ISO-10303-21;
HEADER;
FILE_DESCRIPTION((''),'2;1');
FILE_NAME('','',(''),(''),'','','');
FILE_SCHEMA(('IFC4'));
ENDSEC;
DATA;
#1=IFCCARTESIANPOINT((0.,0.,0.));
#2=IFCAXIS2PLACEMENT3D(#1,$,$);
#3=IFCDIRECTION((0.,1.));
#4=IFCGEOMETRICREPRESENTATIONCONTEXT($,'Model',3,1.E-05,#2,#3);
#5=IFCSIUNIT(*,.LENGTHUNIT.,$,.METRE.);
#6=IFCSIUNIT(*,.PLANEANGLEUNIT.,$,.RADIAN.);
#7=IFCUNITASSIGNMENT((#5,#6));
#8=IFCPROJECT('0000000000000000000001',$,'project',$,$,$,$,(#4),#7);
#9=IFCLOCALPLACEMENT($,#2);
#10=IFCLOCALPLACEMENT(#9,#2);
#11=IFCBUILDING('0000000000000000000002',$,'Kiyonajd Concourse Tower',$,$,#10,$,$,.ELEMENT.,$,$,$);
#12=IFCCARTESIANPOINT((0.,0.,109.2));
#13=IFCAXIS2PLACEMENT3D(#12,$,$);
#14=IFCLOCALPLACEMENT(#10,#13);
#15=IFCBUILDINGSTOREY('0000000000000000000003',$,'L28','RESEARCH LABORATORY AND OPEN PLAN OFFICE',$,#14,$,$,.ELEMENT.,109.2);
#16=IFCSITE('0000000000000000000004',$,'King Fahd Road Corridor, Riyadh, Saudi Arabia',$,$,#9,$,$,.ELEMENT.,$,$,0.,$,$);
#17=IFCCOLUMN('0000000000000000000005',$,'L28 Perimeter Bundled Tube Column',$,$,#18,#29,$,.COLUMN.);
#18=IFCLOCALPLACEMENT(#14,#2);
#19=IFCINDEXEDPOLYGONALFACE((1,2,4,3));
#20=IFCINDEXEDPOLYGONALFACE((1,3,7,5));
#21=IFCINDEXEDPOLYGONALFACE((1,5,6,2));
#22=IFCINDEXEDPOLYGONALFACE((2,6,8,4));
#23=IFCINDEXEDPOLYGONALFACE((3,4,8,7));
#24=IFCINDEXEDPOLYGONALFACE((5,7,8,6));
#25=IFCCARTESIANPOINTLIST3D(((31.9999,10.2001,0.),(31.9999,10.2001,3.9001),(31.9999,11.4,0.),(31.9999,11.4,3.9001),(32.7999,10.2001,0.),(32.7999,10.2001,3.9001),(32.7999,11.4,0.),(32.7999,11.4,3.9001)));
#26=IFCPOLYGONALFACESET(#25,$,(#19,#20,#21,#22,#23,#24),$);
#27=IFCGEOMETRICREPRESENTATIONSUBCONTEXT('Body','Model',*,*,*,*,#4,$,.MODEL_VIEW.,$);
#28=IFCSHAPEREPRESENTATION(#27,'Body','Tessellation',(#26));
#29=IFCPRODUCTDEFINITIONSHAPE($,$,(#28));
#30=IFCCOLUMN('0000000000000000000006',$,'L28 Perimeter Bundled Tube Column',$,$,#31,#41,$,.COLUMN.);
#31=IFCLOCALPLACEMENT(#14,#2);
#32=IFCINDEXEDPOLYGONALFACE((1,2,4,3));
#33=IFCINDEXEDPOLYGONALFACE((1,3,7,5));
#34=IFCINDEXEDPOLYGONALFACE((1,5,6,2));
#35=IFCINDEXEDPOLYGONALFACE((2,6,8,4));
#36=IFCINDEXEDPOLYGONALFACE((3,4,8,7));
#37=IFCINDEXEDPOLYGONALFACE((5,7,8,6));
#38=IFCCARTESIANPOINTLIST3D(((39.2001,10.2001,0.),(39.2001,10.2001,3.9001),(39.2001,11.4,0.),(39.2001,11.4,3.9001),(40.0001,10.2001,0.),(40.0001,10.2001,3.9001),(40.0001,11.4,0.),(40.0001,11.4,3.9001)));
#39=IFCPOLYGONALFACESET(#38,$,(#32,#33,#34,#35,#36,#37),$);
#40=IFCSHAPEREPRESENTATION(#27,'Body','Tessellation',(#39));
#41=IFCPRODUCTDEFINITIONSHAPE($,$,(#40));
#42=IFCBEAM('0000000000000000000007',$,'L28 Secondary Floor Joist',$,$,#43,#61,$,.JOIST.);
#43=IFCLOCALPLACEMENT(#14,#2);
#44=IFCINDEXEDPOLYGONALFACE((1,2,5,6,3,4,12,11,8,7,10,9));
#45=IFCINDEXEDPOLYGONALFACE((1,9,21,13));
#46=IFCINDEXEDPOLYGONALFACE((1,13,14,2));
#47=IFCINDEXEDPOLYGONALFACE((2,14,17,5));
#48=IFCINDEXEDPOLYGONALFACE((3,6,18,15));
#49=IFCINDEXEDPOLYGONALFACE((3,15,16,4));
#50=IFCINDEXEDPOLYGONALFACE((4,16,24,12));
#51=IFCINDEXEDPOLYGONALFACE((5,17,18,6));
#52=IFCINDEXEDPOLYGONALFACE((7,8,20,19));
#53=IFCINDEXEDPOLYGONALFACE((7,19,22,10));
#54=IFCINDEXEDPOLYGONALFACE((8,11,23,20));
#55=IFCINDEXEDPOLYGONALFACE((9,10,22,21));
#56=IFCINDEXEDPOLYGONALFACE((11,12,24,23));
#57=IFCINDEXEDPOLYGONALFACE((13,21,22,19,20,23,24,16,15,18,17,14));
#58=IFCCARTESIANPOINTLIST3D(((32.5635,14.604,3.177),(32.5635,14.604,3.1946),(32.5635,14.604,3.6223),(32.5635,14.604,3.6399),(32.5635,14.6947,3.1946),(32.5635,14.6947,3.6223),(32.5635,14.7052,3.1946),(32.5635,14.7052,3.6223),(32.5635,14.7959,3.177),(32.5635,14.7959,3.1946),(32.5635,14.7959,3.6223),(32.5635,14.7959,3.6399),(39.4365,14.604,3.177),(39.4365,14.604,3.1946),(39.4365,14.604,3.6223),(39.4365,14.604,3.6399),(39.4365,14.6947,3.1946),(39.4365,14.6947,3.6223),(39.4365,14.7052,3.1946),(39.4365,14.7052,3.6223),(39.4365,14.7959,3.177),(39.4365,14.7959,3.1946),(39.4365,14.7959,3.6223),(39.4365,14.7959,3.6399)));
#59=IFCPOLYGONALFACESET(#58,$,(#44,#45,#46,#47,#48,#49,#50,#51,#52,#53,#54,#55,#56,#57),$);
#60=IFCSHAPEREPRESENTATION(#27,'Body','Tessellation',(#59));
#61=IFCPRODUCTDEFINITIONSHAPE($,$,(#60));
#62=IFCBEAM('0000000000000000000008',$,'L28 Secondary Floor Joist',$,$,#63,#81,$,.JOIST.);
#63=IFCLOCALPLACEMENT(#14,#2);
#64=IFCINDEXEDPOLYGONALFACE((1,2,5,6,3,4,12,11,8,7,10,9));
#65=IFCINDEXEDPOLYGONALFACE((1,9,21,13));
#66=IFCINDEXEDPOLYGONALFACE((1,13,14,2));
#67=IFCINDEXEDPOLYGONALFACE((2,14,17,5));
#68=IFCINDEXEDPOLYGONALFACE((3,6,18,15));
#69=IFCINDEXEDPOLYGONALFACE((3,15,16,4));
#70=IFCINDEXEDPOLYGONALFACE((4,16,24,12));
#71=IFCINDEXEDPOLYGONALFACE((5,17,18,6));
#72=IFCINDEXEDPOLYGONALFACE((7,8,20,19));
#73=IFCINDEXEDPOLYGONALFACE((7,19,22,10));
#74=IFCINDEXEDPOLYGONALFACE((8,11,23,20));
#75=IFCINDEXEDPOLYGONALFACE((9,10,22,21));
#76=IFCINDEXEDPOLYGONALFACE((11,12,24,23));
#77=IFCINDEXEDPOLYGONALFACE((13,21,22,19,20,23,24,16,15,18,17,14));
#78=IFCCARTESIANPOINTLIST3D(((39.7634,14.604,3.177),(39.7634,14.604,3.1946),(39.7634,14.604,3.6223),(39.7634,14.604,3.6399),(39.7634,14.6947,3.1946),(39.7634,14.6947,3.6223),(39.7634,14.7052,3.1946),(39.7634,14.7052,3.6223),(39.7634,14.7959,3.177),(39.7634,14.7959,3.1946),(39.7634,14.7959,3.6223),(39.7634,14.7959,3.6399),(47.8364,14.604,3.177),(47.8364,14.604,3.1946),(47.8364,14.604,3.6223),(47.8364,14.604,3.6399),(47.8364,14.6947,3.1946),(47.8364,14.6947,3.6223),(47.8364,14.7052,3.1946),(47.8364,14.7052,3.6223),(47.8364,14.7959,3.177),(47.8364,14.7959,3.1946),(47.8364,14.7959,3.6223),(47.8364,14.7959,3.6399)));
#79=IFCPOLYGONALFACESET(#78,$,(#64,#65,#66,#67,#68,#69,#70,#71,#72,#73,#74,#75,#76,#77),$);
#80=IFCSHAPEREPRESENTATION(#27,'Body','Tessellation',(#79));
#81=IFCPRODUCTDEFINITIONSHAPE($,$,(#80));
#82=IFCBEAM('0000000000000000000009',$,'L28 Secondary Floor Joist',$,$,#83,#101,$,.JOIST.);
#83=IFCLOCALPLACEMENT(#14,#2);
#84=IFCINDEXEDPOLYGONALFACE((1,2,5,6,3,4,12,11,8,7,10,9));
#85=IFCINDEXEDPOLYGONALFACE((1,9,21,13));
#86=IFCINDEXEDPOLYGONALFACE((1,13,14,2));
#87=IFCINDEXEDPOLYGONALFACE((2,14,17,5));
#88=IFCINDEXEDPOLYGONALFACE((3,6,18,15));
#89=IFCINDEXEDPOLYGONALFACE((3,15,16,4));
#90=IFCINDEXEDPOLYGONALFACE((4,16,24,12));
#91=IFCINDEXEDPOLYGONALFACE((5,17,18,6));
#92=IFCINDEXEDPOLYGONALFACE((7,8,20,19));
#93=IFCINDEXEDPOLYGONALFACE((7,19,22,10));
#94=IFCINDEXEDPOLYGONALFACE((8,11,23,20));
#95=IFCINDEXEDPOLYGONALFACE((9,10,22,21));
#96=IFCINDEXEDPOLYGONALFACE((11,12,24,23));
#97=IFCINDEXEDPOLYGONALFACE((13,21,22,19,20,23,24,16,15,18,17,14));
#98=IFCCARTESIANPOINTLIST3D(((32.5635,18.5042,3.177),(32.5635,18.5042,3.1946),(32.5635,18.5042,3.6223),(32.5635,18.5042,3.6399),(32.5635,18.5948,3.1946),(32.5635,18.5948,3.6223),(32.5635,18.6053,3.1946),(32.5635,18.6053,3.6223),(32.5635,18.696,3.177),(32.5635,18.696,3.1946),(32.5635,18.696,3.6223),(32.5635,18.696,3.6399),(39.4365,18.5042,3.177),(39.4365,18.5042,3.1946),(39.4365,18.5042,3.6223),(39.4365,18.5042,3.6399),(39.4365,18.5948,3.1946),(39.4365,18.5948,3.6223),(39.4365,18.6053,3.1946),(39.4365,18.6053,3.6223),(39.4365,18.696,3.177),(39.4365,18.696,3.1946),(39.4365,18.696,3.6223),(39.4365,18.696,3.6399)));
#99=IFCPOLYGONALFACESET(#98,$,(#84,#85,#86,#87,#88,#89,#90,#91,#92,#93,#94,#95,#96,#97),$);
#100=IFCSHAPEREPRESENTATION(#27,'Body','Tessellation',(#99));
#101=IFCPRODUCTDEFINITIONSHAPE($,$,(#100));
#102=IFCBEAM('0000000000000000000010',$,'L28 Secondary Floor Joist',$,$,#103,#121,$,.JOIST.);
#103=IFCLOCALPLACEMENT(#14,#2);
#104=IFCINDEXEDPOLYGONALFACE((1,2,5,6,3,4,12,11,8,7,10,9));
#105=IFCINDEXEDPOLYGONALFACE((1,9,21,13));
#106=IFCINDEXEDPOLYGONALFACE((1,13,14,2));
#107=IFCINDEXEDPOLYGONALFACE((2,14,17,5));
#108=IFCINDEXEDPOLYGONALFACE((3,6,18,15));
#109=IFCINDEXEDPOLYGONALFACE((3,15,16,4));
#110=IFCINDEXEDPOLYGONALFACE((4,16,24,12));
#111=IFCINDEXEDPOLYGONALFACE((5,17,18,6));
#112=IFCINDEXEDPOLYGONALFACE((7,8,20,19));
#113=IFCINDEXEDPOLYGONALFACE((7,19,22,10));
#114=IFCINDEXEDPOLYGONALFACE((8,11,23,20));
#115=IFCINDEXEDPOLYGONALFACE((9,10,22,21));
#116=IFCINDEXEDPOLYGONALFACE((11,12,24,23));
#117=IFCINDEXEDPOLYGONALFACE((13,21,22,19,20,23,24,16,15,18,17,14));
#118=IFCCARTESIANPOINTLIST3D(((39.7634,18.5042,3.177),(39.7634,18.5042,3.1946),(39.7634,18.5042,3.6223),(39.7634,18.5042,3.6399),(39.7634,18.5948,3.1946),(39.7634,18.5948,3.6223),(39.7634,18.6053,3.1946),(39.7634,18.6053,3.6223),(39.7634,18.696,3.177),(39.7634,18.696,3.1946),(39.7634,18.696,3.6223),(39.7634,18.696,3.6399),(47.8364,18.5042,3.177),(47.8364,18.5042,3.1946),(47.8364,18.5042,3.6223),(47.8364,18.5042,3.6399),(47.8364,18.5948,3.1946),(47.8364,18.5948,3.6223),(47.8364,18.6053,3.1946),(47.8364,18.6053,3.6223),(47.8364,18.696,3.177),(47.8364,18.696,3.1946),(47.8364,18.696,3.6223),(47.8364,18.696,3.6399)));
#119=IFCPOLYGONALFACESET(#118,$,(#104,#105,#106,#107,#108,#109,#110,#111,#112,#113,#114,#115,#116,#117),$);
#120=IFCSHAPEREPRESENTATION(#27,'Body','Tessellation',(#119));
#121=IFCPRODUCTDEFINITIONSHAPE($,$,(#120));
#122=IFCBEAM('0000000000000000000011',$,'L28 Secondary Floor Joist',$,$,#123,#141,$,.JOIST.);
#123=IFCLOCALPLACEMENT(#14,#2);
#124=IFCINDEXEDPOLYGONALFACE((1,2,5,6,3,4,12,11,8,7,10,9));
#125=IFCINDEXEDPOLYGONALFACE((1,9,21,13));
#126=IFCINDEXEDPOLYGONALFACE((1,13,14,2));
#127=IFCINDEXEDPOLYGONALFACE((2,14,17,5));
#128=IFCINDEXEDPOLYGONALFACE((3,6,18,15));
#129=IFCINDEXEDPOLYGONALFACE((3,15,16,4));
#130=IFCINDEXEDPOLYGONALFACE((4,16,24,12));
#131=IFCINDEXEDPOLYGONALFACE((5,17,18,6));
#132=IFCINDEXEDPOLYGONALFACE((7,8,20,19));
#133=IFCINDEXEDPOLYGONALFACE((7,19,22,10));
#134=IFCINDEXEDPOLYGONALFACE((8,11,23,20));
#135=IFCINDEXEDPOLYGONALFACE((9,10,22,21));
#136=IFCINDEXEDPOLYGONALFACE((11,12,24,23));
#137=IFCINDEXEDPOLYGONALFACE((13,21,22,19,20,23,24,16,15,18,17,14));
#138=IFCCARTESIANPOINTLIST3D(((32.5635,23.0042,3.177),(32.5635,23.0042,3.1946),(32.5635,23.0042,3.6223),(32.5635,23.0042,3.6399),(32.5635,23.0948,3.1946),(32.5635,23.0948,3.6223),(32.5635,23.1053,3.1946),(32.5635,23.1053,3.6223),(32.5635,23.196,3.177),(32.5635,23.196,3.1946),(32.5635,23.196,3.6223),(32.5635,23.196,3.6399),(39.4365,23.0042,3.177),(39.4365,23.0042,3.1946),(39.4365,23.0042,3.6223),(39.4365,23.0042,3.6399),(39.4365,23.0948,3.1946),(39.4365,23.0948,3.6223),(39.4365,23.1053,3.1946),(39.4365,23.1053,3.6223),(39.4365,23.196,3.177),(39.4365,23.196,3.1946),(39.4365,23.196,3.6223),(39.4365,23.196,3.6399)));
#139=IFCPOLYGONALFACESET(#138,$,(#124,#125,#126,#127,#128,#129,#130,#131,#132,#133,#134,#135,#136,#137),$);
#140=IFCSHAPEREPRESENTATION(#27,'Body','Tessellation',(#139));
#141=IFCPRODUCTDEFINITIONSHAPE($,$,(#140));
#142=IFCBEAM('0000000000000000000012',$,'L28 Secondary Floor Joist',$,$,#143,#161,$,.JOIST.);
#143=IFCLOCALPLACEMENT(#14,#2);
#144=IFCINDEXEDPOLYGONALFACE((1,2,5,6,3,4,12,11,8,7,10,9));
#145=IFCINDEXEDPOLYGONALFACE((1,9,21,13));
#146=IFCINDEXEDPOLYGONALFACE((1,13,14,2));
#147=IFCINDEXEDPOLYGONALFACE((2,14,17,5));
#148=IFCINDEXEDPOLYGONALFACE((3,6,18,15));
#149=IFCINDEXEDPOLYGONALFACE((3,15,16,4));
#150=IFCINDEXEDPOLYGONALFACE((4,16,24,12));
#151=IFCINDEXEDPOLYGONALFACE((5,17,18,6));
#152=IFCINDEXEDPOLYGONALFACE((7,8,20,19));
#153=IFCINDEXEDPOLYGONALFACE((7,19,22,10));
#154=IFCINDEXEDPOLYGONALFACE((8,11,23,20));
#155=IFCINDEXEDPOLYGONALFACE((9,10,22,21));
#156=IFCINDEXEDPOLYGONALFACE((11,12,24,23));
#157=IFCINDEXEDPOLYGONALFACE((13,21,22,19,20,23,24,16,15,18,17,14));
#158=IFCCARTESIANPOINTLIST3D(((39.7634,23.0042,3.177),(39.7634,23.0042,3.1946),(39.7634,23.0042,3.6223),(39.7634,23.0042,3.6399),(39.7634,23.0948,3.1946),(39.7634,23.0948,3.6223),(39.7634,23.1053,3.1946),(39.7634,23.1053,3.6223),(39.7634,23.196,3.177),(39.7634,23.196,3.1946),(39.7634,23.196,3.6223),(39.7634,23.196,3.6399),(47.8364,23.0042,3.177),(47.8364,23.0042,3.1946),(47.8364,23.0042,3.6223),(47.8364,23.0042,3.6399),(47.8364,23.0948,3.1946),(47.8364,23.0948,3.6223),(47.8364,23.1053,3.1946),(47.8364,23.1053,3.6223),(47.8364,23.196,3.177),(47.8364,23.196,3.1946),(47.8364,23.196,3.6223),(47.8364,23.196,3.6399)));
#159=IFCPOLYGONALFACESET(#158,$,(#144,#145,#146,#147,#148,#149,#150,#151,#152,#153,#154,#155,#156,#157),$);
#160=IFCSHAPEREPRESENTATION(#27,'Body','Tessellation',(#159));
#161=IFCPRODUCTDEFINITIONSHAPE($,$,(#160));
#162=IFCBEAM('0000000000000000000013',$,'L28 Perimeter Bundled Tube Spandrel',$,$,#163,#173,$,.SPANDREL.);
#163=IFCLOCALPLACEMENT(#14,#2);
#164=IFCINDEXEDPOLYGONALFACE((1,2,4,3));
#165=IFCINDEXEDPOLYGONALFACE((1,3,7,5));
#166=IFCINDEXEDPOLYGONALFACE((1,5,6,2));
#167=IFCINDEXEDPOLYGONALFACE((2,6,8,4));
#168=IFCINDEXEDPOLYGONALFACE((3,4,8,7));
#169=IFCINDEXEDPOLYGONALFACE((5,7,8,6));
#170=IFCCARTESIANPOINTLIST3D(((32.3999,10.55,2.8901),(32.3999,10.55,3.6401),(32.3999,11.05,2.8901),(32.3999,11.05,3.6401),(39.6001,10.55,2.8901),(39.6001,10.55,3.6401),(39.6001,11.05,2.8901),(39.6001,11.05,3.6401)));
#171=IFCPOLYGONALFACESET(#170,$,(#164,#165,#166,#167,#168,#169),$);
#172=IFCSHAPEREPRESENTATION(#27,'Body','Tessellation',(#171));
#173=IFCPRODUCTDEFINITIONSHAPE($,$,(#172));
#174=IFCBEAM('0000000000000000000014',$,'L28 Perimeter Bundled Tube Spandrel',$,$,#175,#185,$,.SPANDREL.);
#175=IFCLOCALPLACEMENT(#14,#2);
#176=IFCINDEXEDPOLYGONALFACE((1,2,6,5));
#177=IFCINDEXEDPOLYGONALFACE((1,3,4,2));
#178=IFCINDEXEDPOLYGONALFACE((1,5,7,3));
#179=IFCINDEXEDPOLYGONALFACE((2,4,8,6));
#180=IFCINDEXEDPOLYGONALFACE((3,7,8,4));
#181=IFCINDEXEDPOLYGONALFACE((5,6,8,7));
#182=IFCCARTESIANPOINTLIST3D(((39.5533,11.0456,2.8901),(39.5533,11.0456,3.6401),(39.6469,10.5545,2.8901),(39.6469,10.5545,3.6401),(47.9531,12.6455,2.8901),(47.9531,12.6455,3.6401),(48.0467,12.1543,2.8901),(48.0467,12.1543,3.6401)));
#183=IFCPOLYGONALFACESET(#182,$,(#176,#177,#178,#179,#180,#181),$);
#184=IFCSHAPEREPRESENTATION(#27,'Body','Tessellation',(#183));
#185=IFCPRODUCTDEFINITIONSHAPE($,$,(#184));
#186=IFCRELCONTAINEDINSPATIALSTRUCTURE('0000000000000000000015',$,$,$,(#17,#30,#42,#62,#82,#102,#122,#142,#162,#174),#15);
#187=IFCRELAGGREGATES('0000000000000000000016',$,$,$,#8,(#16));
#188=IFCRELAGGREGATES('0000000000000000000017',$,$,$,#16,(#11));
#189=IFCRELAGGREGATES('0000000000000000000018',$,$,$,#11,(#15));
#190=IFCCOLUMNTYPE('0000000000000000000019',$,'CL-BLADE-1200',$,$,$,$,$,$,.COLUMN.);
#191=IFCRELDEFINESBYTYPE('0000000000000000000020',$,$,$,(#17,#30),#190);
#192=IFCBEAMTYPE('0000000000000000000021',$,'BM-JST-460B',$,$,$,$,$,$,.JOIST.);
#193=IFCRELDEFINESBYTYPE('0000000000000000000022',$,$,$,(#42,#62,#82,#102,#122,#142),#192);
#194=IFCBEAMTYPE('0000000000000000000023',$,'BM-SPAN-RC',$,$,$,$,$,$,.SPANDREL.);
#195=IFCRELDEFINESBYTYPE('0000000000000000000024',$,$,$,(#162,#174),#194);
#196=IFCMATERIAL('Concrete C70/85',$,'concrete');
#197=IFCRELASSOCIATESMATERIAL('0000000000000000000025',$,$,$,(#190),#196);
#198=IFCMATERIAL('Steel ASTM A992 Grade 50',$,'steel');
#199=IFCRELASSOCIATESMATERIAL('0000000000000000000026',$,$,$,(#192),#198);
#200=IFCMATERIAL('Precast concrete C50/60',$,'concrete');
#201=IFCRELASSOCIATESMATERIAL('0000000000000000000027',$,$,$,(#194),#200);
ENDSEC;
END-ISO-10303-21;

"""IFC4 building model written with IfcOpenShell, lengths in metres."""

from ifc_helpers import new_model, si_unit, direction, frame, origin, origin_2d, place, context, subcontext, project, spatial, rectangle, i_section, extrude, material, material_profile, profile_set, type_object, element, save


model = new_model("IFC4")

# Units and contexts
model_context = context("Model", 3, precision=1e-05, world=origin(), true_north=direction((0.0, 1.0)))
body_context = subcontext(model_context, "Body", "Model", "MODEL_VIEW")
ifc_project = project(units=[si_unit("LENGTHUNIT", "METRE"), si_unit("PLANEANGLEUNIT", "RADIAN")], contexts=[model_context])

# Site, building, storey
site_placement = place(None, origin())
site = spatial("IfcSite", under=ifc_project, at=site_placement, Name="King Fahd Road Corridor, Riyadh, Saudi Arabia", CompositionType="ELEMENT", RefElevation=0.0)
building_placement = place(site_placement, origin())
building = spatial("IfcBuilding", under=site, at=building_placement, Name="Kiyonajd Concourse Tower", CompositionType="ELEMENT")
storey_placement = place(building_placement, frame((0.0, 0.0, 109.2)))
storey = spatial("IfcBuildingStorey", under=building, at=storey_placement, Name="L28", Description="RESEARCH LABORATORY AND OPEN PLAN OFFICE", CompositionType="ELEMENT", Elevation=109.2)

# Columns
ifc_material_1 = material(Name="Concrete C70/85", Category="concrete")
ifc_material_profile_1 = material_profile(ifc_material_1, rectangle(XDim=0.8, YDim=1.2, at=origin_2d()), Name="RC-1200x800")
ifc_profile_set_1 = profile_set([ifc_material_profile_1], Name="Concrete C70/85")
column_type = type_object("IfcColumnType", Name="CL-BLADE-1200", PredefinedType="COLUMN", material=ifc_profile_set_1)
for number, where, z_axis, x_axis, name in (
    (1, (32.3999, 10.8, 0.0), (0.0, 0.0, 1.0), (1.0, 0.0, 0.0), "L28 Perimeter Bundled Tube Column"),
    (2, (39.6001, 10.8, 0.0), (0.0, 0.0, 1.0), (1.0, 0.0, 0.0), "L28 Perimeter Bundled Tube Column"),
):
    element("IfcColumn", number, at=place(storey_placement, frame(where, z_axis=z_axis, x_axis=x_axis)), inside=storey, type_object=column_type, Name=name, PredefinedType="COLUMN", context=body_context, shape_type="SweptSolid", body=[
        extrude(rectangle(XDim=0.8, YDim=1.2, at=origin_2d()), origin(), (0.0, 0.0, 1.0), 3.9001),
    ])

# Beams
ifc_material_2 = material(Name="Steel ASTM A992 Grade 50", Category="steel")
ifc_material_profile_2 = material_profile(ifc_material_2, i_section(OverallWidth=0.1919, OverallDepth=0.4629, WebThickness=0.0105, FlangeThickness=0.0176, at=origin_2d()), Name="W460X89")
ifc_profile_set_2 = profile_set([ifc_material_profile_2], Name="Steel ASTM A992 Grade 50")
beam_type_1 = type_object("IfcBeamType", Name="BM-JST-460B", PredefinedType="JOIST", material=ifc_profile_set_2)
beam_1_placement = place(storey_placement, frame((32.5635, 14.7, 3.4084), z_axis=(1.0, 0.0, 0.0), x_axis=(0.0, 1.0, 0.0)))
element("IfcBeam", 3, at=beam_1_placement, inside=storey, type_object=beam_type_1, Name="L28 Secondary Floor Joist", PredefinedType="JOIST", context=body_context, shape_type="SweptSolid", body=[
    extrude(i_section(OverallWidth=0.1919, OverallDepth=0.4629, WebThickness=0.0105, FlangeThickness=0.0176, at=origin_2d()), origin(), (0.0, 0.0, 1.0), 6.873),
])
beam_2_placement = place(storey_placement, frame((39.7634, 14.7, 3.4084), z_axis=(1.0, 0.0, 0.0), x_axis=(0.0, 1.0, 0.0)))
element("IfcBeam", 4, at=beam_2_placement, inside=storey, type_object=beam_type_1, Name="L28 Secondary Floor Joist", PredefinedType="JOIST", context=body_context, shape_type="SweptSolid", body=[
    extrude(i_section(OverallWidth=0.1919, OverallDepth=0.4629, WebThickness=0.0105, FlangeThickness=0.0176, at=origin_2d()), origin(), (0.0, 0.0, 1.0), 8.073),
])
beam_3_placement = place(storey_placement, frame((32.5635, 18.6001, 3.4084), z_axis=(1.0, 0.0, 0.0), x_axis=(0.0, 1.0, 0.0)))
element("IfcBeam", 5, at=beam_3_placement, inside=storey, type_object=beam_type_1, Name="L28 Secondary Floor Joist", PredefinedType="JOIST", context=body_context, shape_type="SweptSolid", body=[
    extrude(i_section(OverallWidth=0.1919, OverallDepth=0.4629, WebThickness=0.0105, FlangeThickness=0.0176, at=origin_2d()), origin(), (0.0, 0.0, 1.0), 6.873),
])
beam_4_placement = place(storey_placement, frame((39.7634, 18.6001, 3.4084), z_axis=(1.0, 0.0, 0.0), x_axis=(0.0, 1.0, 0.0)))
element("IfcBeam", 6, at=beam_4_placement, inside=storey, type_object=beam_type_1, Name="L28 Secondary Floor Joist", PredefinedType="JOIST", context=body_context, shape_type="SweptSolid", body=[
    extrude(i_section(OverallWidth=0.1919, OverallDepth=0.4629, WebThickness=0.0105, FlangeThickness=0.0176, at=origin_2d()), origin(), (0.0, 0.0, 1.0), 8.073),
])
beam_5_placement = place(storey_placement, frame((32.5635, 23.1001, 3.4084), z_axis=(1.0, 0.0, 0.0), x_axis=(0.0, 1.0, 0.0)))
element("IfcBeam", 7, at=beam_5_placement, inside=storey, type_object=beam_type_1, Name="L28 Secondary Floor Joist", PredefinedType="JOIST", context=body_context, shape_type="SweptSolid", body=[
    extrude(i_section(OverallWidth=0.1919, OverallDepth=0.4629, WebThickness=0.0105, FlangeThickness=0.0176, at=origin_2d()), origin(), (0.0, 0.0, 1.0), 6.873),
])
beam_6_placement = place(storey_placement, frame((39.7634, 23.1001, 3.4084), z_axis=(1.0, 0.0, 0.0), x_axis=(0.0, 1.0, 0.0)))
element("IfcBeam", 8, at=beam_6_placement, inside=storey, type_object=beam_type_1, Name="L28 Secondary Floor Joist", PredefinedType="JOIST", context=body_context, shape_type="SweptSolid", body=[
    extrude(i_section(OverallWidth=0.1919, OverallDepth=0.4629, WebThickness=0.0105, FlangeThickness=0.0176, at=origin_2d()), origin(), (0.0, 0.0, 1.0), 8.073),
])
ifc_material_3 = material(Name="Precast concrete C50/60", Category="concrete")
ifc_material_profile_3 = material_profile(ifc_material_3, rectangle(XDim=0.5, YDim=0.75, at=origin_2d()), Name="RCBM-500x750")
ifc_profile_set_3 = profile_set([ifc_material_profile_3], Name="Precast concrete C50/60")
beam_type_2 = type_object("IfcBeamType", Name="BM-SPAN-RC", PredefinedType="SPANDREL", material=ifc_profile_set_3)
beam_7_placement = place(storey_placement, frame((32.3999, 10.8, 3.2651), z_axis=(1.0, 0.0, 0.0), x_axis=(0.0, 1.0, 0.0)))
element("IfcBeam", 9, at=beam_7_placement, inside=storey, type_object=beam_type_2, Name="L28 Perimeter Bundled Tube Spandrel", PredefinedType="SPANDREL", context=body_context, shape_type="SweptSolid", body=[
    extrude(rectangle(XDim=0.5, YDim=0.75, at=origin_2d()), origin(), (0.0, 0.0, 1.0), 7.2002),
])
beam_8_placement = place(storey_placement, frame((39.6001, 10.8, 3.2651), z_axis=(0.982341, 0.187098, 0.0), x_axis=(-0.187098, 0.982341, 0.0)))
element("IfcBeam", 10, at=beam_8_placement, inside=storey, type_object=beam_type_2, Name="L28 Perimeter Bundled Tube Spandrel", PredefinedType="SPANDREL", context=body_context, shape_type="SweptSolid", body=[
    extrude(rectangle(XDim=0.5, YDim=0.75, at=origin_2d()), origin(), (0.0, 0.0, 1.0), 8.5508),
])

save(model, "model.ifc")
